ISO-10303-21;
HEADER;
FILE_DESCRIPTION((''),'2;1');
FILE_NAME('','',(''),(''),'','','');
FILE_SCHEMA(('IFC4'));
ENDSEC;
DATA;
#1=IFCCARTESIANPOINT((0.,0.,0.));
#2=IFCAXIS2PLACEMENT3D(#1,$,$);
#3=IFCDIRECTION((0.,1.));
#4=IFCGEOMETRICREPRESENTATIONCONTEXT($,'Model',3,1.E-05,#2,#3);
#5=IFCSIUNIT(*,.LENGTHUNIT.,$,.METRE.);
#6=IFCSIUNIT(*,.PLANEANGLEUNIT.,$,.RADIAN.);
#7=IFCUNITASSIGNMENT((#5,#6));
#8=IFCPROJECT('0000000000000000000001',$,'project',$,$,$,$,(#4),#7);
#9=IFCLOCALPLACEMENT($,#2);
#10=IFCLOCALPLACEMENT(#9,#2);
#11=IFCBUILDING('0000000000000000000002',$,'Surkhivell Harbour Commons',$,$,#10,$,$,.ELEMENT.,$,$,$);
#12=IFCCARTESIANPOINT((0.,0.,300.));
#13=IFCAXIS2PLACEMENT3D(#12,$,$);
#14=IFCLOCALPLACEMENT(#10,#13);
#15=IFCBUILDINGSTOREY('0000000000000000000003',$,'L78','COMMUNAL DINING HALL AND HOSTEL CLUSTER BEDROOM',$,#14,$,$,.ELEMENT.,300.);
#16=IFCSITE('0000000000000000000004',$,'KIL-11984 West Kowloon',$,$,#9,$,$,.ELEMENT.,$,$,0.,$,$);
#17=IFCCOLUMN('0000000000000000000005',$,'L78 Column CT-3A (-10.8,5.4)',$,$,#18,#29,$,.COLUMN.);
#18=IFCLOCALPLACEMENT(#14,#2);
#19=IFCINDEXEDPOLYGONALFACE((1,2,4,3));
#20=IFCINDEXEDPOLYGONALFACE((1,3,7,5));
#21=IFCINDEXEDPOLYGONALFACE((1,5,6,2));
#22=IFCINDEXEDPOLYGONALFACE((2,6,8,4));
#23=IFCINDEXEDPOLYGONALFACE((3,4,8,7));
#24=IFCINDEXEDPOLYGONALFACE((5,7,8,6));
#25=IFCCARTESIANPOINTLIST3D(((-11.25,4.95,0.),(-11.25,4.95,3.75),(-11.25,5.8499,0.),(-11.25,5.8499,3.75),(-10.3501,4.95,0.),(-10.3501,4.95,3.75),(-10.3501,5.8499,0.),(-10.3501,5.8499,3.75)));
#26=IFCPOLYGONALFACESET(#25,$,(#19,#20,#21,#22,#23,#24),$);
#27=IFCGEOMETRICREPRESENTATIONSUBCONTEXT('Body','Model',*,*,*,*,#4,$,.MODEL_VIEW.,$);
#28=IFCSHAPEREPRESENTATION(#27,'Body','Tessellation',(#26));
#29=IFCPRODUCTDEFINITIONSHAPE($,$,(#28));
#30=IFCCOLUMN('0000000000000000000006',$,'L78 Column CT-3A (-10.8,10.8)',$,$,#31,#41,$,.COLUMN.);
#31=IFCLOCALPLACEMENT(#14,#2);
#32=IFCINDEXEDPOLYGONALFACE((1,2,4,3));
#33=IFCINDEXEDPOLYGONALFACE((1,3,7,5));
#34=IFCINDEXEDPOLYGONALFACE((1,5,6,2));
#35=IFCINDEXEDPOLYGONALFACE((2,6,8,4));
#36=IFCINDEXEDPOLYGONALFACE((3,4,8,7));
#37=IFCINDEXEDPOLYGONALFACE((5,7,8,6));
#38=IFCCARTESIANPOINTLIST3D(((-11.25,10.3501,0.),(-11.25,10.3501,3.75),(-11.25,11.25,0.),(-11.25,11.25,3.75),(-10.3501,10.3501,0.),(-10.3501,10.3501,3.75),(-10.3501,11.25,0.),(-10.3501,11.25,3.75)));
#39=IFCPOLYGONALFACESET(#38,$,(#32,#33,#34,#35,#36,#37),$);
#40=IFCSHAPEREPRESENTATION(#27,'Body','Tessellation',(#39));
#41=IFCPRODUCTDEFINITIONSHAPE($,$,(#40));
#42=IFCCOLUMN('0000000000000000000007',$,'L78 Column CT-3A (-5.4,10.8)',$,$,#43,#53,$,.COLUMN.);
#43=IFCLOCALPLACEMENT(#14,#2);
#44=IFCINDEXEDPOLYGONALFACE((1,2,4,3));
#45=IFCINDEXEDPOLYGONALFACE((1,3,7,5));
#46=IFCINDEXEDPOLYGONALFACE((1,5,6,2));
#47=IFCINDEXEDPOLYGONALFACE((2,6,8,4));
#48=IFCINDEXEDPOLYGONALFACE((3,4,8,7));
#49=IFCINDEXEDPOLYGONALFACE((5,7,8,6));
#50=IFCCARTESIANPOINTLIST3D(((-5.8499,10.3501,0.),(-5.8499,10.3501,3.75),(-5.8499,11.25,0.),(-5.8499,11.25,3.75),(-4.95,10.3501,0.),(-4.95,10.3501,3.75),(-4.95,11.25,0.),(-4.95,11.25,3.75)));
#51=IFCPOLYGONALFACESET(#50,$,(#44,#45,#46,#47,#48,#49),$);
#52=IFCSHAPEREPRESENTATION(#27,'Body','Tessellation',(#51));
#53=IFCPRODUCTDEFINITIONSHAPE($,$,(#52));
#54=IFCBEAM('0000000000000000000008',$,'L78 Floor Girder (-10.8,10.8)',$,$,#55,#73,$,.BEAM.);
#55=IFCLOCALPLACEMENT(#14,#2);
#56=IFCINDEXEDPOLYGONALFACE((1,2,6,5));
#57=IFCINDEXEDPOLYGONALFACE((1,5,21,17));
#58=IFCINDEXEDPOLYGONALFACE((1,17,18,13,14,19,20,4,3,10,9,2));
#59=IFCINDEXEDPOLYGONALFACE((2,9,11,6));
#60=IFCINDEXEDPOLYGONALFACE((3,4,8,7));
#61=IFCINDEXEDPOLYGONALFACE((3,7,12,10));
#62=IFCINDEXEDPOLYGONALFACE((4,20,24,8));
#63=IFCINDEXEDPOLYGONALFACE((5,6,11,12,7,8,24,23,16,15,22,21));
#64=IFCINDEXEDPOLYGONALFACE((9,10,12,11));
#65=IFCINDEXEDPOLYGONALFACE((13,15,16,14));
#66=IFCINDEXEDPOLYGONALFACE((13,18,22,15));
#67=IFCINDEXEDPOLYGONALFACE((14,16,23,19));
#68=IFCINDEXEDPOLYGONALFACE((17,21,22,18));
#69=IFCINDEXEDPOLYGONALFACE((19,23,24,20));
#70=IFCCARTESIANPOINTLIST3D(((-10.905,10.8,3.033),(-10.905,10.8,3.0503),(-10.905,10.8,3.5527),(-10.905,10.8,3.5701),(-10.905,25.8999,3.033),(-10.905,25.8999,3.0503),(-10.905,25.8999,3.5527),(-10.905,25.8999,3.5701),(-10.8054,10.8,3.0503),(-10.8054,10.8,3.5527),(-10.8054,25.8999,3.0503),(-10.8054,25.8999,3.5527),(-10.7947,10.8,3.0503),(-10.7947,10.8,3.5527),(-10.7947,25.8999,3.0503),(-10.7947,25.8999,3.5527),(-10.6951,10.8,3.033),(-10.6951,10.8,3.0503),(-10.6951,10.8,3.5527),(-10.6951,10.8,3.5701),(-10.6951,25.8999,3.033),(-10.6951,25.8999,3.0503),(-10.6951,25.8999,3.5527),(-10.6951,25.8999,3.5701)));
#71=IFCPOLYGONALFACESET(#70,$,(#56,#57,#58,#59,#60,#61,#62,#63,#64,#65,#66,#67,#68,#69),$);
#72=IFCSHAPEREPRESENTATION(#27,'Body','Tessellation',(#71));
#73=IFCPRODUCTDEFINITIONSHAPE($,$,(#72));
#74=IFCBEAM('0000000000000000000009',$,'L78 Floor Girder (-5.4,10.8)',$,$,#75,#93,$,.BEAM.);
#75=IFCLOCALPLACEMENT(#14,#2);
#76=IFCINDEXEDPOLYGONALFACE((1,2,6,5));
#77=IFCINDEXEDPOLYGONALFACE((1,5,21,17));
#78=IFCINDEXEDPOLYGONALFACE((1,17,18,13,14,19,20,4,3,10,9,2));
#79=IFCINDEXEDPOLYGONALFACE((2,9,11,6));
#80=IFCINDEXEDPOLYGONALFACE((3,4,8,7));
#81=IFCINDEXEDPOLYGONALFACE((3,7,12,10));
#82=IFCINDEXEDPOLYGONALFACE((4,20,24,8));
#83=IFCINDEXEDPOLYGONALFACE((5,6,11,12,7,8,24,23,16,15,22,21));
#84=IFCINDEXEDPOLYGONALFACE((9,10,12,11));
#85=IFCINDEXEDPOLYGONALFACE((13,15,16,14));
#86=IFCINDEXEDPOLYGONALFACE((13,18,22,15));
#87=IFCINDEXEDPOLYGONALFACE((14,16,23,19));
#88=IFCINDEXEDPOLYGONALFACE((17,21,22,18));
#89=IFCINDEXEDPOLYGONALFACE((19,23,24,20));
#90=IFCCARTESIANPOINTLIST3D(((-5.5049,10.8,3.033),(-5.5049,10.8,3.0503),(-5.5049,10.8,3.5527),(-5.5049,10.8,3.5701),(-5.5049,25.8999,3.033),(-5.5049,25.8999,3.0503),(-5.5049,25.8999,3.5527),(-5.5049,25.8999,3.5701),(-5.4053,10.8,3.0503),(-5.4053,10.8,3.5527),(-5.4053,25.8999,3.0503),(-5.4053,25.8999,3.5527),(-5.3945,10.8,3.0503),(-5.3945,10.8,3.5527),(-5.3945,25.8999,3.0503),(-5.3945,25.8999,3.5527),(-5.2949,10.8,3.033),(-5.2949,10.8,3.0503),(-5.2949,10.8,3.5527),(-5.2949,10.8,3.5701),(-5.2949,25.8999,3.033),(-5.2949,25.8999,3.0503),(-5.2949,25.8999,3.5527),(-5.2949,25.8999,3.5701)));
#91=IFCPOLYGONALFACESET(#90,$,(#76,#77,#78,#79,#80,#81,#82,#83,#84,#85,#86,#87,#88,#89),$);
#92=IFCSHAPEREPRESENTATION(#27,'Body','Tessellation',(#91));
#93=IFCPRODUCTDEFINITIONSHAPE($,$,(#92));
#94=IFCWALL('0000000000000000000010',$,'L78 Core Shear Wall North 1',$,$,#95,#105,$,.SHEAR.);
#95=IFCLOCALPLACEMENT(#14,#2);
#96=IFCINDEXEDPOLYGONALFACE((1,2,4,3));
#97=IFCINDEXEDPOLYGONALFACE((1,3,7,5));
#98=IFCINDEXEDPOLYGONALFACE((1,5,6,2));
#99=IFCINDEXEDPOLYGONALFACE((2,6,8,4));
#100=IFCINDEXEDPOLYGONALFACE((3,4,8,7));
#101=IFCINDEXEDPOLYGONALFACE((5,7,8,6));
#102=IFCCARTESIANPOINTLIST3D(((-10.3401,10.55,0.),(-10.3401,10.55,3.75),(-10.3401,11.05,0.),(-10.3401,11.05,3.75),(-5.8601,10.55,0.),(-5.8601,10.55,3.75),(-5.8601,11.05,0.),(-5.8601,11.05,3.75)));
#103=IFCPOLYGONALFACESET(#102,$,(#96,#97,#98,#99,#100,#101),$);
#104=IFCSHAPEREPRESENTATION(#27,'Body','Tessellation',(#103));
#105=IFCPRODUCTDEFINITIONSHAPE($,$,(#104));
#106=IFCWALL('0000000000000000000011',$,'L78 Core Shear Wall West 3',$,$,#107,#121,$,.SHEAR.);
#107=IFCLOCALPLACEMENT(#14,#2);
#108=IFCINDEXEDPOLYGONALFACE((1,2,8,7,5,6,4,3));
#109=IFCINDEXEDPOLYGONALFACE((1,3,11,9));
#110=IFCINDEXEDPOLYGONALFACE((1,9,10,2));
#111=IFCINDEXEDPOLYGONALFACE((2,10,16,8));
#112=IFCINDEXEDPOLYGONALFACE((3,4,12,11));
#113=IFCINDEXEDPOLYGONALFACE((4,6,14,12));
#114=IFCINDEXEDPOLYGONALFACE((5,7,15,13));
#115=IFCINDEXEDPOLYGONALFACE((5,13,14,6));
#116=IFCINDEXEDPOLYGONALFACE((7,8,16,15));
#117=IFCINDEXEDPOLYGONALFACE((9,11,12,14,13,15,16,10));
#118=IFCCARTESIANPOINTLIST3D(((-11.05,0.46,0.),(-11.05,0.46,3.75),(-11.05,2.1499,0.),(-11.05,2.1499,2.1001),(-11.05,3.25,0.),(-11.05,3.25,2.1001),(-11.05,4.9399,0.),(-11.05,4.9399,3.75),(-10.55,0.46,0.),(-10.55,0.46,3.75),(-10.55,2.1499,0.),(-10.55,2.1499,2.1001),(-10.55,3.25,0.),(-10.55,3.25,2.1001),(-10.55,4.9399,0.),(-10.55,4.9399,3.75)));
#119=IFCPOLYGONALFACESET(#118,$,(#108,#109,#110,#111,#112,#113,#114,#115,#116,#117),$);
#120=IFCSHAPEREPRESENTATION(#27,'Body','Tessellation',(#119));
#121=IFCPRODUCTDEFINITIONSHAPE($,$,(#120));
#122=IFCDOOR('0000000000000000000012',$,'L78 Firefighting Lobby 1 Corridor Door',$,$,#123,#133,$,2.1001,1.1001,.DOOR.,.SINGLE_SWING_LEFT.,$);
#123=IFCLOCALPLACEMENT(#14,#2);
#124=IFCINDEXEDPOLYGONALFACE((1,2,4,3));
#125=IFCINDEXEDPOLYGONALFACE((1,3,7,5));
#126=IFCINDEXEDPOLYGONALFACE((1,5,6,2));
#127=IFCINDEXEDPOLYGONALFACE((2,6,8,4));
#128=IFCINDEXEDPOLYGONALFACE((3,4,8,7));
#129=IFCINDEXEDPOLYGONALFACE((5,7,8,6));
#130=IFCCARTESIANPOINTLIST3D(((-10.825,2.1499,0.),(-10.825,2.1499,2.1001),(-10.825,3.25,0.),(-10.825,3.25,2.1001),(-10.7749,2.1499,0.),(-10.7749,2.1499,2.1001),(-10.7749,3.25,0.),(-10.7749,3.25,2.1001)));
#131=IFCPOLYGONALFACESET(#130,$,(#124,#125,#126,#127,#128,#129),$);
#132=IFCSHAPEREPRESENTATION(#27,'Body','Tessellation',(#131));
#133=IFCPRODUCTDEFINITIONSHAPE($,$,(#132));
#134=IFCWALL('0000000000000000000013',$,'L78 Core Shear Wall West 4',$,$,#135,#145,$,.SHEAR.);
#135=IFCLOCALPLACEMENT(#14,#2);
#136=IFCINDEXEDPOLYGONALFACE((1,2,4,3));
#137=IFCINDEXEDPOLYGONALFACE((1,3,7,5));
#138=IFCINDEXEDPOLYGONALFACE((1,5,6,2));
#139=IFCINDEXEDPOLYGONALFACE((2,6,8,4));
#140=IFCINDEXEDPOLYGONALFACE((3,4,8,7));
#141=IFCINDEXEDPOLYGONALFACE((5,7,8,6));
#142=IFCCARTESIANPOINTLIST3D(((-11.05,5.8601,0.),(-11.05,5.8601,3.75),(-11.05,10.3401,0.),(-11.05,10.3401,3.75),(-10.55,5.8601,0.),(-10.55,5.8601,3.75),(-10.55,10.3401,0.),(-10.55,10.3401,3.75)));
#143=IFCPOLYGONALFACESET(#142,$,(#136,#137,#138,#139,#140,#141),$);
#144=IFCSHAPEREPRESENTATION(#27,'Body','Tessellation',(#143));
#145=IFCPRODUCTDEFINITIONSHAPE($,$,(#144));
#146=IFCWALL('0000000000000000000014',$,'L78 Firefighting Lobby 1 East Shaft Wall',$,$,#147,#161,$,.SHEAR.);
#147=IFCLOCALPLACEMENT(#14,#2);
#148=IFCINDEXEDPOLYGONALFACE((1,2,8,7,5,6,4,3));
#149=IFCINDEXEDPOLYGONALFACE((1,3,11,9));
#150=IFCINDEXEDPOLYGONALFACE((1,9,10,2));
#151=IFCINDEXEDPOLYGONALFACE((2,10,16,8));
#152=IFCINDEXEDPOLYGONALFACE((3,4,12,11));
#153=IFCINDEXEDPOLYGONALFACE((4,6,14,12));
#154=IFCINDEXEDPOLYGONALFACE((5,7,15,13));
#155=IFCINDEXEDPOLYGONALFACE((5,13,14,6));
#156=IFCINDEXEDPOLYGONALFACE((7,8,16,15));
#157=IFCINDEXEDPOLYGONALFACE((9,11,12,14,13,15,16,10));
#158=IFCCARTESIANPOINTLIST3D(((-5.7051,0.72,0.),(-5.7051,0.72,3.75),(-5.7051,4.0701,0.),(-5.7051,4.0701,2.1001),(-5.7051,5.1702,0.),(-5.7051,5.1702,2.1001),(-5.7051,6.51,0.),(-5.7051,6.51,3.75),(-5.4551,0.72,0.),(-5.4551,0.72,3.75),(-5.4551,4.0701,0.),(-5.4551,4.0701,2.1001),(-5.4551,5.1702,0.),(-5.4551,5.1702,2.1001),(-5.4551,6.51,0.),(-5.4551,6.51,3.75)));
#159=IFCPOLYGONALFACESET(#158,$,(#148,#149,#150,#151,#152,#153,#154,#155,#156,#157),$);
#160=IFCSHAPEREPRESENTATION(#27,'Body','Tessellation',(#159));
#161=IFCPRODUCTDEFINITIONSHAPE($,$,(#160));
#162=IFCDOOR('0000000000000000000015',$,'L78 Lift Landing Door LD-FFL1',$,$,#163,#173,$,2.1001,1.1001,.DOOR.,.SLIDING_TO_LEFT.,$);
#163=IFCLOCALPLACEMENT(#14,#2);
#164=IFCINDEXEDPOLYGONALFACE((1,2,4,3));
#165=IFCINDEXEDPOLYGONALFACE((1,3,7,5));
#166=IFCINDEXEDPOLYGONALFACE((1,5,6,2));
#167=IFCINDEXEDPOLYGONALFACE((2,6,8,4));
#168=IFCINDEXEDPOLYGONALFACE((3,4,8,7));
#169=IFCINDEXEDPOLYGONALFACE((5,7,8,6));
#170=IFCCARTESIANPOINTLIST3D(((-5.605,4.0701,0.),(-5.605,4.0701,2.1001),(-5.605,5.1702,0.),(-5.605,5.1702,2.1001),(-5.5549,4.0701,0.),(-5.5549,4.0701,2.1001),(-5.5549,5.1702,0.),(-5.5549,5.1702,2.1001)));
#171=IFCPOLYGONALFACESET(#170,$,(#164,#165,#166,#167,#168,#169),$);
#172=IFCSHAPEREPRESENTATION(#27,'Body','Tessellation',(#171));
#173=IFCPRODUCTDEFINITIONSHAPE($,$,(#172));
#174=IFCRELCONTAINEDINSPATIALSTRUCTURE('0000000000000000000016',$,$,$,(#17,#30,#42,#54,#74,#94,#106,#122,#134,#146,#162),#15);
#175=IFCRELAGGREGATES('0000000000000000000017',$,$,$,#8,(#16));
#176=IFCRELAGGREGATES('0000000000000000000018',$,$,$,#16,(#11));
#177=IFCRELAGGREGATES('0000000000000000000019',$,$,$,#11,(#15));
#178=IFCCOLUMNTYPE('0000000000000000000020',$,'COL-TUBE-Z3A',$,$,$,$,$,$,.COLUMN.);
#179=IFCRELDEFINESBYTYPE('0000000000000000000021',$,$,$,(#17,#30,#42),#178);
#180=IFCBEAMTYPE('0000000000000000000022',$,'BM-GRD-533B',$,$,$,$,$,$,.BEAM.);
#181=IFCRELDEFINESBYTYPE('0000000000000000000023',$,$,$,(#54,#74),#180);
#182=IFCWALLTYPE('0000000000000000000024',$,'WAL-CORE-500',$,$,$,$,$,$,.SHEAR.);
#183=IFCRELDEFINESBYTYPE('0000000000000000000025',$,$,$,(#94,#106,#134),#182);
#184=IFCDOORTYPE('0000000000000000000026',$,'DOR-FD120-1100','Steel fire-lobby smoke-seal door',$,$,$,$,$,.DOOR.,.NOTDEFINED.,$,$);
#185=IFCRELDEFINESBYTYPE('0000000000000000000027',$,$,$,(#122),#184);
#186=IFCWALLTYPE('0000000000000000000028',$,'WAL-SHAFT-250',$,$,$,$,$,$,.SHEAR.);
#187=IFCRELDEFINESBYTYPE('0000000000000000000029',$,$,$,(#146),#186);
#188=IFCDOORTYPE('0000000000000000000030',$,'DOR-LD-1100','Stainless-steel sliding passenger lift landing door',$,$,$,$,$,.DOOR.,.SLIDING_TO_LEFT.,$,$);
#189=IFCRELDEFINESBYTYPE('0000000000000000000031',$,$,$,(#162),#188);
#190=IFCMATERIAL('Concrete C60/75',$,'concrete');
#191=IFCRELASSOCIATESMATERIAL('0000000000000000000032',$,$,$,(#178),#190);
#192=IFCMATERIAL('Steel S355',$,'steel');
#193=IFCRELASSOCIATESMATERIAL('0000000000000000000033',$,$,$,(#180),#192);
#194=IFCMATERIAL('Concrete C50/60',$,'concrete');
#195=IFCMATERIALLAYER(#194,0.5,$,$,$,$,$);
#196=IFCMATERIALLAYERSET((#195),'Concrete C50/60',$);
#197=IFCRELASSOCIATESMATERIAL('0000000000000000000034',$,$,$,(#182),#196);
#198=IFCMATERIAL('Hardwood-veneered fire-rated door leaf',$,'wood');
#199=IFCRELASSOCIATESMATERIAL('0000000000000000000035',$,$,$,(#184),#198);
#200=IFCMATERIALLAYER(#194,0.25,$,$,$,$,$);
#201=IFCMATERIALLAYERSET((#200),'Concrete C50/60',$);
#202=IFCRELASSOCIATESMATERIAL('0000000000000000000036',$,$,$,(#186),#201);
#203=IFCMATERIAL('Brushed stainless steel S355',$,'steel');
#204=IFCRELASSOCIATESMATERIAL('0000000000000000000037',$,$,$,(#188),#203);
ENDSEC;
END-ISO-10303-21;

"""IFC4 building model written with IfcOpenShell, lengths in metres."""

from ifc_helpers import new_model, si_unit, direction, frame, frame_2d, origin, origin_2d, place, context, subcontext, project, spatial, rectangle, i_section, extrude, material, layer, layer_set, material_profile, profile_set, type_object, element, fill, save


model = new_model("IFC4")

# Units and contexts
model_context = context("Model", 3, precision=1e-05, world=origin(), true_north=direction((0.0, 1.0)))
body_context = subcontext(model_context, "Body", "Model", "MODEL_VIEW")
ifc_project = project(units=[si_unit("LENGTHUNIT", "METRE"), si_unit("PLANEANGLEUNIT", "RADIAN")], contexts=[model_context])

# Site, building, storey
site_placement = place(None, origin())
site = spatial("IfcSite", under=ifc_project, at=site_placement, Name="KIL-11984 West Kowloon", CompositionType="ELEMENT", RefElevation=0.0)
building_placement = place(site_placement, origin())
building = spatial("IfcBuilding", under=site, at=building_placement, Name="Surkhivell Harbour Commons", CompositionType="ELEMENT")
storey_placement = place(building_placement, frame((0.0, 0.0, 300.0)))
storey = spatial("IfcBuildingStorey", under=building, at=storey_placement, Name="L78", Description="COMMUNAL DINING HALL AND HOSTEL CLUSTER BEDROOM", CompositionType="ELEMENT", Elevation=300.0)

# Columns
ifc_material_1 = material(Name="Concrete C60/75", Category="concrete")
ifc_material_profile_1 = material_profile(ifc_material_1, rectangle(XDim=0.8999, YDim=0.8999, at=origin_2d()), Name="RC-COL-900x900")
ifc_profile_set_1 = profile_set([ifc_material_profile_1], Name="Concrete C60/75")
column_type = type_object("IfcColumnType", Name="COL-TUBE-Z3A", PredefinedType="COLUMN", material=ifc_profile_set_1)
for number, where, z_axis, x_axis, name in (
    (1, (-10.8, 5.3999, 0.0), (0.0, 0.0, 1.0), (1.0, 0.0, 0.0), "L78 Column CT-3A (-10.8,5.4)"),
    (2, (-10.8, 10.8, 0.0), (0.0, 0.0, 1.0), (1.0, 0.0, 0.0), "L78 Column CT-3A (-10.8,10.8)"),
    (3, (-5.3999, 10.8, 0.0), (0.0, 0.0, 1.0), (1.0, 0.0, 0.0), "L78 Column CT-3A (-5.4,10.8)"),
):
    element("IfcColumn", number, at=place(storey_placement, frame(where, z_axis=z_axis, x_axis=x_axis)), inside=storey, type_object=column_type, Name=name, PredefinedType="COLUMN", context=body_context, shape_type="SweptSolid", body=[
        extrude(rectangle(XDim=0.8999, YDim=0.8999, at=origin_2d()), origin(), (0.0, 0.0, 1.0), 3.75),
    ])

# Beams
ifc_material_2 = material(Name="Steel S355", Category="steel")
ifc_material_profile_2 = material_profile(ifc_material_2, i_section(OverallWidth=0.21, OverallDepth=0.5371, WebThickness=0.0107, FlangeThickness=0.0173, at=origin_2d()), Name="UB533x210x101")
ifc_profile_set_2 = profile_set([ifc_material_profile_2], Name="Steel S355")
beam_type = type_object("IfcBeamType", Name="BM-GRD-533B", PredefinedType="BEAM", material=ifc_profile_set_2)
for number, where, z_axis, x_axis, name in (
    (4, (-10.8, 10.8, 3.3015), (0.0, 1.0, 0.0), (-1.0, 0.0, 0.0), "L78 Floor Girder (-10.8,10.8)"),
    (5, (-5.3999, 10.8, 3.3015), (0.0, 1.0, 0.0), (-1.0, 0.0, 0.0), "L78 Floor Girder (-5.4,10.8)"),
):
    element("IfcBeam", number, at=place(storey_placement, frame(where, z_axis=z_axis, x_axis=x_axis)), inside=storey, type_object=beam_type, Name=name, PredefinedType="BEAM", context=body_context, shape_type="SweptSolid", body=[
        extrude(i_section(OverallWidth=0.21, OverallDepth=0.5371, WebThickness=0.0107, FlangeThickness=0.0173, at=origin_2d()), origin(), (0.0, 0.0, 1.0), 15.0999),
    ])

# Wall
ifc_material_3 = material(Name="Concrete C50/60", Category="concrete")
ifc_layer_1 = layer(ifc_material_3, 0.5)
ifc_layer_set_1 = layer_set([ifc_layer_1], Name="Concrete C50/60")
wall_type_1 = type_object("IfcWallType", Name="WAL-CORE-500", PredefinedType="SHEAR", material=ifc_layer_set_1)
wall_1_placement = place(storey_placement, frame((-10.3401, 10.8, 0.0), z_axis=(0.0, 0.0, 1.0), x_axis=(1.0, 0.0, 0.0)))
element("IfcWall", 6, at=wall_1_placement, inside=storey, type_object=wall_type_1, Name="L78 Core Shear Wall North 1", PredefinedType="SHEAR", context=body_context, shape_type="SweptSolid", body=[
    extrude(rectangle(XDim=4.48, YDim=0.5, at=frame_2d((2.24, 0.0))), origin(), (0.0, 0.0, 1.0), 3.75),
])

# Wall, opening, door
wall_2_placement = place(storey_placement, frame((-10.8, 0.46, 0.0), z_axis=(0.0, 0.0, 1.0), x_axis=(0.0, 1.0, 0.0)))
wall_2 = element("IfcWall", 7, at=wall_2_placement, inside=storey, type_object=wall_type_1, Name="L78 Core Shear Wall West 3", PredefinedType="SHEAR", context=body_context, shape_type="SweptSolid", body=[
    extrude(rectangle(XDim=4.48, YDim=0.5, at=frame_2d((2.24, 0.0))), origin(), (0.0, 0.0, 1.0), 3.75),
])
opening_1_placement = place(wall_2_placement, frame((1.6899, 0.0, 0.0)))
opening_1 = element("IfcOpeningElement", 8, at=opening_1_placement, cuts=wall_2, PredefinedType="OPENING", context=body_context, shape_type="SweptSolid", body=[
    extrude(rectangle(XDim=1.1001, YDim=2.1001, at=frame_2d((0.55, 1.05))), frame((0.0, 0.26, 0.0), z_axis=(0.0, -1.0, 0.0), x_axis=(1.0, 0.0, 0.0)), (0.0, 0.0, 1.0), 0.52),
])
ifc_material_4 = material(Name="Hardwood-veneered fire-rated door leaf", Category="wood")
door_type_1 = type_object("IfcDoorType", Name="DOR-FD120-1100", Description="Steel fire-lobby smoke-seal door", OperationType="NOTDEFINED", PredefinedType="DOOR", material=ifc_material_4)
door_1_placement = place(opening_1_placement, origin())
door_1 = element("IfcDoor", 9, at=door_1_placement, inside=storey, type_object=door_type_1, Name="L78 Firefighting Lobby 1 Corridor Door", OperationType="SINGLE_SWING_LEFT", OverallHeight=2.1001, OverallWidth=1.1001, PredefinedType="DOOR", context=body_context, shape_type="SweptSolid", body=[
    extrude(rectangle(XDim=1.1001, YDim=2.1001, at=frame_2d((0.55, 1.05))), frame((0.0, 0.0249, 0.0), z_axis=(0.0, -1.0, 0.0), x_axis=(1.0, 0.0, 0.0)), (0.0, 0.0, 1.0), 0.05),
])
fill(opening_1, door_1)

# Wall
wall_3_placement = place(storey_placement, frame((-10.8, 5.8601, 0.0), z_axis=(0.0, 0.0, 1.0), x_axis=(0.0, 1.0, 0.0)))
element("IfcWall", 10, at=wall_3_placement, inside=storey, type_object=wall_type_1, Name="L78 Core Shear Wall West 4", PredefinedType="SHEAR", context=body_context, shape_type="SweptSolid", body=[
    extrude(rectangle(XDim=4.48, YDim=0.5, at=frame_2d((2.24, 0.0))), origin(), (0.0, 0.0, 1.0), 3.75),
])

# Wall, opening, door
ifc_layer_2 = layer(ifc_material_3, 0.25)
ifc_layer_set_2 = layer_set([ifc_layer_2], Name="Concrete C50/60")
wall_type_2 = type_object("IfcWallType", Name="WAL-SHAFT-250", PredefinedType="SHEAR", material=ifc_layer_set_2)
wall_4_placement = place(storey_placement, frame((-5.5801, 0.72, 0.0), z_axis=(0.0, 0.0, 1.0), x_axis=(0.0, 1.0, 0.0)))
wall_4 = element("IfcWall", 11, at=wall_4_placement, inside=storey, type_object=wall_type_2, Name="L78 Firefighting Lobby 1 East Shaft Wall", PredefinedType="SHEAR", context=body_context, shape_type="SweptSolid", body=[
    extrude(rectangle(XDim=5.79, YDim=0.25, at=frame_2d((2.895, 0.0))), origin(), (0.0, 0.0, 1.0), 3.75),
])
opening_2_placement = place(wall_4_placement, frame((3.3501, 0.0, 0.0)))
opening_2 = element("IfcOpeningElement", 12, at=opening_2_placement, cuts=wall_4, PredefinedType="OPENING", context=body_context, shape_type="SweptSolid", body=[
    extrude(rectangle(XDim=1.1001, YDim=2.1001, at=frame_2d((0.55, 1.05))), frame((0.0, 0.135, 0.0), z_axis=(0.0, -1.0, 0.0), x_axis=(1.0, 0.0, 0.0)), (0.0, 0.0, 1.0), 0.27),
])
ifc_material_5 = material(Name="Brushed stainless steel S355", Category="steel")
door_type_2 = type_object("IfcDoorType", Name="DOR-LD-1100", Description="Stainless-steel sliding passenger lift landing door", OperationType="SLIDING_TO_LEFT", PredefinedType="DOOR", material=ifc_material_5)
door_2_placement = place(opening_2_placement, origin())
door_2 = element("IfcDoor", 13, at=door_2_placement, inside=storey, type_object=door_type_2, Name="L78 Lift Landing Door LD-FFL1", OperationType="SLIDING_TO_LEFT", OverallHeight=2.1001, OverallWidth=1.1001, PredefinedType="DOOR", context=body_context, shape_type="SweptSolid", body=[
    extrude(rectangle(XDim=1.1001, YDim=2.1001, at=frame_2d((0.55, 1.05))), frame((0.0, 0.0249, 0.0), z_axis=(0.0, -1.0, 0.0), x_axis=(1.0, 0.0, 0.0)), (0.0, 0.0, 1.0), 0.05),
])
fill(opening_2, door_2)

save(model, "model.ifc")
